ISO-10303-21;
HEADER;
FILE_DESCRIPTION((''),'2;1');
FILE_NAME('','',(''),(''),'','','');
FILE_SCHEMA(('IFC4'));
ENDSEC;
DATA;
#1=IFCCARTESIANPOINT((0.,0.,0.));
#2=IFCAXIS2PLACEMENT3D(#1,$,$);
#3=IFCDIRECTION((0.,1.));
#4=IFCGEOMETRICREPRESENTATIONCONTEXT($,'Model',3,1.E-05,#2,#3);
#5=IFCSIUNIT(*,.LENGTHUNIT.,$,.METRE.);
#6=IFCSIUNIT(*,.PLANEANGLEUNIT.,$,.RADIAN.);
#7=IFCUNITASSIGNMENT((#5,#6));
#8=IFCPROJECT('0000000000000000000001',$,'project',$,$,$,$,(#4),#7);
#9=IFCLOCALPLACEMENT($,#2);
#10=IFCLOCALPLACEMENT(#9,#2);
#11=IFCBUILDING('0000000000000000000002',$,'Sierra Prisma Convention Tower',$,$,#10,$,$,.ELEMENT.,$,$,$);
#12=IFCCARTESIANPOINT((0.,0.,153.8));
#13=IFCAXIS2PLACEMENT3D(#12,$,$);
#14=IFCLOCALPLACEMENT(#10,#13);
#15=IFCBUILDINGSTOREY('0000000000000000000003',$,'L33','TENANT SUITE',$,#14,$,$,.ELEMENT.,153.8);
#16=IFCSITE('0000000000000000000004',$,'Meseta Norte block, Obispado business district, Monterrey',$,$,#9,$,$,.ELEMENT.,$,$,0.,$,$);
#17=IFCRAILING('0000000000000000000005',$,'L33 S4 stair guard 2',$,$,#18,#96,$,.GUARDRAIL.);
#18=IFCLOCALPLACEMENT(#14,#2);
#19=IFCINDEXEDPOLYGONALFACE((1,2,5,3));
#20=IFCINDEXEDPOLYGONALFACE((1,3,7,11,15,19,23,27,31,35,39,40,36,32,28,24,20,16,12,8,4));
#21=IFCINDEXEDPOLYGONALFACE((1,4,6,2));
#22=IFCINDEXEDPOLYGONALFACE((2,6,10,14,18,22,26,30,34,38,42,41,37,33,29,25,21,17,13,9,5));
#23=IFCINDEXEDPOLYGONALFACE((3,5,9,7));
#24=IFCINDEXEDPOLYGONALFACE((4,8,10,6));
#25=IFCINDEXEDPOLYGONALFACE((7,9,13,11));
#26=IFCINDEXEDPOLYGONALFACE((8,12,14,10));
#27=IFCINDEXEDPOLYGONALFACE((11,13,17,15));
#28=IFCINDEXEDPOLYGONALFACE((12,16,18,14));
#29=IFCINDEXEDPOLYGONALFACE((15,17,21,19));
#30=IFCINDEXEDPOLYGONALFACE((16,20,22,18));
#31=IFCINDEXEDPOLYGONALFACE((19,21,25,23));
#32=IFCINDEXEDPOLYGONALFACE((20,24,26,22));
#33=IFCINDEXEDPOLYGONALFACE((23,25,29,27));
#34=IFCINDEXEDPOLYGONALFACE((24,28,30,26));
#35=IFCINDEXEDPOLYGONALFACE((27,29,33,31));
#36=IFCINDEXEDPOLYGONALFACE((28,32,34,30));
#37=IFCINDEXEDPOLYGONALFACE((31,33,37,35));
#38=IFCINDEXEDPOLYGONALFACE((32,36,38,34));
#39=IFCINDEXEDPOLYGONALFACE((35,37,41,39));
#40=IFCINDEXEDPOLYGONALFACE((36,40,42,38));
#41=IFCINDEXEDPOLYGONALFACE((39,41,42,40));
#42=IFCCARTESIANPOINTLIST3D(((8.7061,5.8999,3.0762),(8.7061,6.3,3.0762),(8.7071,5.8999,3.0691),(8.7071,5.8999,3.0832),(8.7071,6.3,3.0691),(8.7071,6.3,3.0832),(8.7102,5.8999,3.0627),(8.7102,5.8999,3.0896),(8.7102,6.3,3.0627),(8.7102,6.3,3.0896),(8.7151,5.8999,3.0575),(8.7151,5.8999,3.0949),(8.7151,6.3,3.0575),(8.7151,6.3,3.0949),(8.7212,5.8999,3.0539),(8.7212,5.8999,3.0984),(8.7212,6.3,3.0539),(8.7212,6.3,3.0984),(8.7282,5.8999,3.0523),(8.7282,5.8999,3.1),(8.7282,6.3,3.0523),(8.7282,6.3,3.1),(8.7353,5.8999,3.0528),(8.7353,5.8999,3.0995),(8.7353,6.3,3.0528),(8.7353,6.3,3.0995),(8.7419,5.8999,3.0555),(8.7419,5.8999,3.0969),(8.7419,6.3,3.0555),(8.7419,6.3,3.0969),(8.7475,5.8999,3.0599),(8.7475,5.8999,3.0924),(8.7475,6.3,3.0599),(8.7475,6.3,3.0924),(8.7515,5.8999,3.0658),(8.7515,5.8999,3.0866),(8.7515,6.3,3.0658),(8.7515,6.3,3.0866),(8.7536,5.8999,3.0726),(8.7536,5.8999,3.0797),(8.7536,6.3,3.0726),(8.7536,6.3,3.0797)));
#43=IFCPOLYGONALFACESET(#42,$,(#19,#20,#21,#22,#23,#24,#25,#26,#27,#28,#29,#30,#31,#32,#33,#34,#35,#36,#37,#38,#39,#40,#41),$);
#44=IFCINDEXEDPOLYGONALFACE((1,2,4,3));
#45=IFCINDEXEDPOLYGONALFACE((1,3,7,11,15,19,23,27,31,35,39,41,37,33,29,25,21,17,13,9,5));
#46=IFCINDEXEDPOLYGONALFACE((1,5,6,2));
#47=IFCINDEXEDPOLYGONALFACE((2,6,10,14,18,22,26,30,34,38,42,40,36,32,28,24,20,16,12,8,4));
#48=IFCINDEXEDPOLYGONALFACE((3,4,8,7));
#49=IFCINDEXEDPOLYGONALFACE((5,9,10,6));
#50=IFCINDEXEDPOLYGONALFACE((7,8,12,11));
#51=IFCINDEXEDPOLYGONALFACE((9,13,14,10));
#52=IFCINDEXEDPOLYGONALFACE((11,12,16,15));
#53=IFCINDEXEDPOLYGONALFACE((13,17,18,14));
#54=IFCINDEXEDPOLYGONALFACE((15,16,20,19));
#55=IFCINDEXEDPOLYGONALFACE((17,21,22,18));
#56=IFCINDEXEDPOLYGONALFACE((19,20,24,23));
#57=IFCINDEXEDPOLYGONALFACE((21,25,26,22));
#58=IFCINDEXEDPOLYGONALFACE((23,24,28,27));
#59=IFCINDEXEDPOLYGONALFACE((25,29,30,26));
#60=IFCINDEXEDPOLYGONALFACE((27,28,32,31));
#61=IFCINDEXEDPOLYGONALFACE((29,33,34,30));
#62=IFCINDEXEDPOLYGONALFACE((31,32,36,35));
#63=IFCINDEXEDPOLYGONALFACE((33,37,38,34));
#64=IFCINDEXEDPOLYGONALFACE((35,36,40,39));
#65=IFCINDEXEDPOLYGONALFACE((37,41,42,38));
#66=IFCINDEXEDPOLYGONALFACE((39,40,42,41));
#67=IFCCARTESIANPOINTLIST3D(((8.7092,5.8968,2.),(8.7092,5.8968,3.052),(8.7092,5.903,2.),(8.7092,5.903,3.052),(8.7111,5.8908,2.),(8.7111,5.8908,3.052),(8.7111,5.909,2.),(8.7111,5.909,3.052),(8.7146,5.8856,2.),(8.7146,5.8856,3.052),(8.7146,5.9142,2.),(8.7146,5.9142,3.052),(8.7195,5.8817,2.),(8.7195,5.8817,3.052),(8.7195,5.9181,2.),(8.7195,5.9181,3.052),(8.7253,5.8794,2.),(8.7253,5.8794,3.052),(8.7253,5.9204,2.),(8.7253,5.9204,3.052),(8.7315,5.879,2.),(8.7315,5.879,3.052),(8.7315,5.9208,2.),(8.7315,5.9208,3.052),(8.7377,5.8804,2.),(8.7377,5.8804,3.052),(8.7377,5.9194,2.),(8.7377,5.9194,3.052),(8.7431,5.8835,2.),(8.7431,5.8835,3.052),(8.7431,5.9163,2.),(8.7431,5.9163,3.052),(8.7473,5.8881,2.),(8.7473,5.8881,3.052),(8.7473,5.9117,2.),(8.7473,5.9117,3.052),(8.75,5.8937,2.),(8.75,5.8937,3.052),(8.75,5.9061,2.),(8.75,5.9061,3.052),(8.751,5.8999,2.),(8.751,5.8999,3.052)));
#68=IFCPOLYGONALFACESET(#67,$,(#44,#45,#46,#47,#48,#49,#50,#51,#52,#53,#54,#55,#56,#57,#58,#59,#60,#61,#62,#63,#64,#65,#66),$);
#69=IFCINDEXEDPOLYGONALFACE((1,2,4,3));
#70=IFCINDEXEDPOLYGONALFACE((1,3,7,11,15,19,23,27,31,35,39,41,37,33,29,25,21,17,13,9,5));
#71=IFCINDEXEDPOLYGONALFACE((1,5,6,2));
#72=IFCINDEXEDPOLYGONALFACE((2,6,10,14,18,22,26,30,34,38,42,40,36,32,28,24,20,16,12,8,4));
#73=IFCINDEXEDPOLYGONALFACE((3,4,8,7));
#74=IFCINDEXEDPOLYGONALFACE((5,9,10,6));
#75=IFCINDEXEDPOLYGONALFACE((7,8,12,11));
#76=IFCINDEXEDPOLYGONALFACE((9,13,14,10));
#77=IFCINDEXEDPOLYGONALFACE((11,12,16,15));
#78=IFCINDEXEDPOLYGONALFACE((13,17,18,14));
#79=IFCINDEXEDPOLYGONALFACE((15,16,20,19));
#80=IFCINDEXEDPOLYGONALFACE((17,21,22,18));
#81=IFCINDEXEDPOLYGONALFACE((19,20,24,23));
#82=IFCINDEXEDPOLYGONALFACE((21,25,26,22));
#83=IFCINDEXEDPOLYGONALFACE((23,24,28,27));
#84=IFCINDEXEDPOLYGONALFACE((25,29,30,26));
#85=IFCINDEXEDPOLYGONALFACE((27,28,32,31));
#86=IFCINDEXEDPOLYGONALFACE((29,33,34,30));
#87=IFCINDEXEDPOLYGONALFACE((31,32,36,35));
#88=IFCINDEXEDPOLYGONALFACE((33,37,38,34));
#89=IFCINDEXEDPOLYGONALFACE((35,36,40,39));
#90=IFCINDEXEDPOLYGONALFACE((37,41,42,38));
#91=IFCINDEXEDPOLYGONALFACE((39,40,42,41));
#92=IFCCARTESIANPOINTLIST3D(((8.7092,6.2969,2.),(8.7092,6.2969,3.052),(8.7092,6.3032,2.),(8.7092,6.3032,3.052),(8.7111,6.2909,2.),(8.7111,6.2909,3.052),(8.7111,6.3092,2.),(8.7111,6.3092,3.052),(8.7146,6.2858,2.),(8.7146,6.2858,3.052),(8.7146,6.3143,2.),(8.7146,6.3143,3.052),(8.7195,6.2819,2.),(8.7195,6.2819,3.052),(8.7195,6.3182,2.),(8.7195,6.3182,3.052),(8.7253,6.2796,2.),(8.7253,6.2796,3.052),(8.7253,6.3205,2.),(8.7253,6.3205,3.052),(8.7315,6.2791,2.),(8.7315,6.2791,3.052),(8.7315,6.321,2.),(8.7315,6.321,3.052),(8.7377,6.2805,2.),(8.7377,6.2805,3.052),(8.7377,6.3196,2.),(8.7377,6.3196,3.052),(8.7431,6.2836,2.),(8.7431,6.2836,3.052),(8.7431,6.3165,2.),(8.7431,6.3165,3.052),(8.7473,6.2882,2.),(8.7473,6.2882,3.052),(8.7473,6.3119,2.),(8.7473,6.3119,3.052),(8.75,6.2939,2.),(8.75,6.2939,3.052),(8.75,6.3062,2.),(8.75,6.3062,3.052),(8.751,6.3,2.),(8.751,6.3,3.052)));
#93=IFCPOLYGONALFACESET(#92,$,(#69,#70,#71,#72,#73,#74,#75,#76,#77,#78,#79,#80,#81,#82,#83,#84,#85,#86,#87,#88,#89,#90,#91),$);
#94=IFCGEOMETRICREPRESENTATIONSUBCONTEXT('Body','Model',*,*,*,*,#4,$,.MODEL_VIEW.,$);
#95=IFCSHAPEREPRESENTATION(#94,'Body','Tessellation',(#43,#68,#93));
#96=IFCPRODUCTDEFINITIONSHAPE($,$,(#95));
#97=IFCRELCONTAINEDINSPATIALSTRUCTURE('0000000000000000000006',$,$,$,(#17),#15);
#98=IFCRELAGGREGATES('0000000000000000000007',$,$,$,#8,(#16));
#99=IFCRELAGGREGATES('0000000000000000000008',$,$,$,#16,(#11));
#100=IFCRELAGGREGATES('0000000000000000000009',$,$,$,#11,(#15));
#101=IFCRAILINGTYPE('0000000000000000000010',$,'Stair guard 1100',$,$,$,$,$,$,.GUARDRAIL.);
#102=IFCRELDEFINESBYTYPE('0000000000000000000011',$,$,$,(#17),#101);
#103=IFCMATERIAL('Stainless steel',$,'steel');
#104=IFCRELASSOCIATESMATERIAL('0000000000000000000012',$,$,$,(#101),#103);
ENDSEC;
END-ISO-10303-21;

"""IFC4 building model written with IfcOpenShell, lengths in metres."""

from ifc_helpers import new_model, si_unit, direction, frame, origin, origin_2d, place, context, subcontext, project, spatial, circle, extrude, material, type_object, element, save


model = new_model("IFC4")

# Units and contexts
model_context = context("Model", 3, precision=1e-05, world=origin(), true_north=direction((0.0, 1.0)))
body_context = subcontext(model_context, "Body", "Model", "MODEL_VIEW")
ifc_project = project(units=[si_unit("LENGTHUNIT", "METRE"), si_unit("PLANEANGLEUNIT", "RADIAN")], contexts=[model_context])

# Site, building, storey
site_placement = place(None, origin())
site = spatial("IfcSite", under=ifc_project, at=site_placement, Name="Meseta Norte block, Obispado business district, Monterrey", CompositionType="ELEMENT", RefElevation=0.0)
building_placement = place(site_placement, origin())
building = spatial("IfcBuilding", under=site, at=building_placement, Name="Sierra Prisma Convention Tower", CompositionType="ELEMENT")
storey_placement = place(building_placement, frame((0.0, 0.0, 153.8)))
storey = spatial("IfcBuildingStorey", under=building, at=storey_placement, Name="L33", Description="TENANT SUITE", CompositionType="ELEMENT", Elevation=153.8)

# Railing
ifc_material_1 = material(Name="Stainless steel", Category="steel")
railing_type_1 = type_object("IfcRailingType", Name="Stair guard 1100", PredefinedType="GUARDRAIL", material=ifc_material_1)
railing_1_placement = place(storey_placement, frame((8.73, 5.8999, 2.0)))
element("IfcRailing", 1, at=railing_1_placement, inside=storey, type_object=railing_type_1, Name="L33 S4 stair guard 2", PredefinedType="GUARDRAIL", context=body_context, shape_type="SweptSolid", body=[
    extrude(circle(Radius=0.0239, at=origin_2d()), frame((0.0, 0.0, 1.0762), z_axis=(0.0, 1.0, 0.0), x_axis=(-1.0, 0.0, 0.0)), (0.0, 0.0, 1.0), 0.4001),
    extrude(circle(Radius=0.021, at=origin_2d()), origin(), (0.0, 0.0, 1.0), 1.052),
    extrude(circle(Radius=0.021, at=origin_2d()), frame((0.0, 0.4001, 0.0)), (0.0, 0.0, 1.0), 1.052),
])

save(model, "model.ifc")
